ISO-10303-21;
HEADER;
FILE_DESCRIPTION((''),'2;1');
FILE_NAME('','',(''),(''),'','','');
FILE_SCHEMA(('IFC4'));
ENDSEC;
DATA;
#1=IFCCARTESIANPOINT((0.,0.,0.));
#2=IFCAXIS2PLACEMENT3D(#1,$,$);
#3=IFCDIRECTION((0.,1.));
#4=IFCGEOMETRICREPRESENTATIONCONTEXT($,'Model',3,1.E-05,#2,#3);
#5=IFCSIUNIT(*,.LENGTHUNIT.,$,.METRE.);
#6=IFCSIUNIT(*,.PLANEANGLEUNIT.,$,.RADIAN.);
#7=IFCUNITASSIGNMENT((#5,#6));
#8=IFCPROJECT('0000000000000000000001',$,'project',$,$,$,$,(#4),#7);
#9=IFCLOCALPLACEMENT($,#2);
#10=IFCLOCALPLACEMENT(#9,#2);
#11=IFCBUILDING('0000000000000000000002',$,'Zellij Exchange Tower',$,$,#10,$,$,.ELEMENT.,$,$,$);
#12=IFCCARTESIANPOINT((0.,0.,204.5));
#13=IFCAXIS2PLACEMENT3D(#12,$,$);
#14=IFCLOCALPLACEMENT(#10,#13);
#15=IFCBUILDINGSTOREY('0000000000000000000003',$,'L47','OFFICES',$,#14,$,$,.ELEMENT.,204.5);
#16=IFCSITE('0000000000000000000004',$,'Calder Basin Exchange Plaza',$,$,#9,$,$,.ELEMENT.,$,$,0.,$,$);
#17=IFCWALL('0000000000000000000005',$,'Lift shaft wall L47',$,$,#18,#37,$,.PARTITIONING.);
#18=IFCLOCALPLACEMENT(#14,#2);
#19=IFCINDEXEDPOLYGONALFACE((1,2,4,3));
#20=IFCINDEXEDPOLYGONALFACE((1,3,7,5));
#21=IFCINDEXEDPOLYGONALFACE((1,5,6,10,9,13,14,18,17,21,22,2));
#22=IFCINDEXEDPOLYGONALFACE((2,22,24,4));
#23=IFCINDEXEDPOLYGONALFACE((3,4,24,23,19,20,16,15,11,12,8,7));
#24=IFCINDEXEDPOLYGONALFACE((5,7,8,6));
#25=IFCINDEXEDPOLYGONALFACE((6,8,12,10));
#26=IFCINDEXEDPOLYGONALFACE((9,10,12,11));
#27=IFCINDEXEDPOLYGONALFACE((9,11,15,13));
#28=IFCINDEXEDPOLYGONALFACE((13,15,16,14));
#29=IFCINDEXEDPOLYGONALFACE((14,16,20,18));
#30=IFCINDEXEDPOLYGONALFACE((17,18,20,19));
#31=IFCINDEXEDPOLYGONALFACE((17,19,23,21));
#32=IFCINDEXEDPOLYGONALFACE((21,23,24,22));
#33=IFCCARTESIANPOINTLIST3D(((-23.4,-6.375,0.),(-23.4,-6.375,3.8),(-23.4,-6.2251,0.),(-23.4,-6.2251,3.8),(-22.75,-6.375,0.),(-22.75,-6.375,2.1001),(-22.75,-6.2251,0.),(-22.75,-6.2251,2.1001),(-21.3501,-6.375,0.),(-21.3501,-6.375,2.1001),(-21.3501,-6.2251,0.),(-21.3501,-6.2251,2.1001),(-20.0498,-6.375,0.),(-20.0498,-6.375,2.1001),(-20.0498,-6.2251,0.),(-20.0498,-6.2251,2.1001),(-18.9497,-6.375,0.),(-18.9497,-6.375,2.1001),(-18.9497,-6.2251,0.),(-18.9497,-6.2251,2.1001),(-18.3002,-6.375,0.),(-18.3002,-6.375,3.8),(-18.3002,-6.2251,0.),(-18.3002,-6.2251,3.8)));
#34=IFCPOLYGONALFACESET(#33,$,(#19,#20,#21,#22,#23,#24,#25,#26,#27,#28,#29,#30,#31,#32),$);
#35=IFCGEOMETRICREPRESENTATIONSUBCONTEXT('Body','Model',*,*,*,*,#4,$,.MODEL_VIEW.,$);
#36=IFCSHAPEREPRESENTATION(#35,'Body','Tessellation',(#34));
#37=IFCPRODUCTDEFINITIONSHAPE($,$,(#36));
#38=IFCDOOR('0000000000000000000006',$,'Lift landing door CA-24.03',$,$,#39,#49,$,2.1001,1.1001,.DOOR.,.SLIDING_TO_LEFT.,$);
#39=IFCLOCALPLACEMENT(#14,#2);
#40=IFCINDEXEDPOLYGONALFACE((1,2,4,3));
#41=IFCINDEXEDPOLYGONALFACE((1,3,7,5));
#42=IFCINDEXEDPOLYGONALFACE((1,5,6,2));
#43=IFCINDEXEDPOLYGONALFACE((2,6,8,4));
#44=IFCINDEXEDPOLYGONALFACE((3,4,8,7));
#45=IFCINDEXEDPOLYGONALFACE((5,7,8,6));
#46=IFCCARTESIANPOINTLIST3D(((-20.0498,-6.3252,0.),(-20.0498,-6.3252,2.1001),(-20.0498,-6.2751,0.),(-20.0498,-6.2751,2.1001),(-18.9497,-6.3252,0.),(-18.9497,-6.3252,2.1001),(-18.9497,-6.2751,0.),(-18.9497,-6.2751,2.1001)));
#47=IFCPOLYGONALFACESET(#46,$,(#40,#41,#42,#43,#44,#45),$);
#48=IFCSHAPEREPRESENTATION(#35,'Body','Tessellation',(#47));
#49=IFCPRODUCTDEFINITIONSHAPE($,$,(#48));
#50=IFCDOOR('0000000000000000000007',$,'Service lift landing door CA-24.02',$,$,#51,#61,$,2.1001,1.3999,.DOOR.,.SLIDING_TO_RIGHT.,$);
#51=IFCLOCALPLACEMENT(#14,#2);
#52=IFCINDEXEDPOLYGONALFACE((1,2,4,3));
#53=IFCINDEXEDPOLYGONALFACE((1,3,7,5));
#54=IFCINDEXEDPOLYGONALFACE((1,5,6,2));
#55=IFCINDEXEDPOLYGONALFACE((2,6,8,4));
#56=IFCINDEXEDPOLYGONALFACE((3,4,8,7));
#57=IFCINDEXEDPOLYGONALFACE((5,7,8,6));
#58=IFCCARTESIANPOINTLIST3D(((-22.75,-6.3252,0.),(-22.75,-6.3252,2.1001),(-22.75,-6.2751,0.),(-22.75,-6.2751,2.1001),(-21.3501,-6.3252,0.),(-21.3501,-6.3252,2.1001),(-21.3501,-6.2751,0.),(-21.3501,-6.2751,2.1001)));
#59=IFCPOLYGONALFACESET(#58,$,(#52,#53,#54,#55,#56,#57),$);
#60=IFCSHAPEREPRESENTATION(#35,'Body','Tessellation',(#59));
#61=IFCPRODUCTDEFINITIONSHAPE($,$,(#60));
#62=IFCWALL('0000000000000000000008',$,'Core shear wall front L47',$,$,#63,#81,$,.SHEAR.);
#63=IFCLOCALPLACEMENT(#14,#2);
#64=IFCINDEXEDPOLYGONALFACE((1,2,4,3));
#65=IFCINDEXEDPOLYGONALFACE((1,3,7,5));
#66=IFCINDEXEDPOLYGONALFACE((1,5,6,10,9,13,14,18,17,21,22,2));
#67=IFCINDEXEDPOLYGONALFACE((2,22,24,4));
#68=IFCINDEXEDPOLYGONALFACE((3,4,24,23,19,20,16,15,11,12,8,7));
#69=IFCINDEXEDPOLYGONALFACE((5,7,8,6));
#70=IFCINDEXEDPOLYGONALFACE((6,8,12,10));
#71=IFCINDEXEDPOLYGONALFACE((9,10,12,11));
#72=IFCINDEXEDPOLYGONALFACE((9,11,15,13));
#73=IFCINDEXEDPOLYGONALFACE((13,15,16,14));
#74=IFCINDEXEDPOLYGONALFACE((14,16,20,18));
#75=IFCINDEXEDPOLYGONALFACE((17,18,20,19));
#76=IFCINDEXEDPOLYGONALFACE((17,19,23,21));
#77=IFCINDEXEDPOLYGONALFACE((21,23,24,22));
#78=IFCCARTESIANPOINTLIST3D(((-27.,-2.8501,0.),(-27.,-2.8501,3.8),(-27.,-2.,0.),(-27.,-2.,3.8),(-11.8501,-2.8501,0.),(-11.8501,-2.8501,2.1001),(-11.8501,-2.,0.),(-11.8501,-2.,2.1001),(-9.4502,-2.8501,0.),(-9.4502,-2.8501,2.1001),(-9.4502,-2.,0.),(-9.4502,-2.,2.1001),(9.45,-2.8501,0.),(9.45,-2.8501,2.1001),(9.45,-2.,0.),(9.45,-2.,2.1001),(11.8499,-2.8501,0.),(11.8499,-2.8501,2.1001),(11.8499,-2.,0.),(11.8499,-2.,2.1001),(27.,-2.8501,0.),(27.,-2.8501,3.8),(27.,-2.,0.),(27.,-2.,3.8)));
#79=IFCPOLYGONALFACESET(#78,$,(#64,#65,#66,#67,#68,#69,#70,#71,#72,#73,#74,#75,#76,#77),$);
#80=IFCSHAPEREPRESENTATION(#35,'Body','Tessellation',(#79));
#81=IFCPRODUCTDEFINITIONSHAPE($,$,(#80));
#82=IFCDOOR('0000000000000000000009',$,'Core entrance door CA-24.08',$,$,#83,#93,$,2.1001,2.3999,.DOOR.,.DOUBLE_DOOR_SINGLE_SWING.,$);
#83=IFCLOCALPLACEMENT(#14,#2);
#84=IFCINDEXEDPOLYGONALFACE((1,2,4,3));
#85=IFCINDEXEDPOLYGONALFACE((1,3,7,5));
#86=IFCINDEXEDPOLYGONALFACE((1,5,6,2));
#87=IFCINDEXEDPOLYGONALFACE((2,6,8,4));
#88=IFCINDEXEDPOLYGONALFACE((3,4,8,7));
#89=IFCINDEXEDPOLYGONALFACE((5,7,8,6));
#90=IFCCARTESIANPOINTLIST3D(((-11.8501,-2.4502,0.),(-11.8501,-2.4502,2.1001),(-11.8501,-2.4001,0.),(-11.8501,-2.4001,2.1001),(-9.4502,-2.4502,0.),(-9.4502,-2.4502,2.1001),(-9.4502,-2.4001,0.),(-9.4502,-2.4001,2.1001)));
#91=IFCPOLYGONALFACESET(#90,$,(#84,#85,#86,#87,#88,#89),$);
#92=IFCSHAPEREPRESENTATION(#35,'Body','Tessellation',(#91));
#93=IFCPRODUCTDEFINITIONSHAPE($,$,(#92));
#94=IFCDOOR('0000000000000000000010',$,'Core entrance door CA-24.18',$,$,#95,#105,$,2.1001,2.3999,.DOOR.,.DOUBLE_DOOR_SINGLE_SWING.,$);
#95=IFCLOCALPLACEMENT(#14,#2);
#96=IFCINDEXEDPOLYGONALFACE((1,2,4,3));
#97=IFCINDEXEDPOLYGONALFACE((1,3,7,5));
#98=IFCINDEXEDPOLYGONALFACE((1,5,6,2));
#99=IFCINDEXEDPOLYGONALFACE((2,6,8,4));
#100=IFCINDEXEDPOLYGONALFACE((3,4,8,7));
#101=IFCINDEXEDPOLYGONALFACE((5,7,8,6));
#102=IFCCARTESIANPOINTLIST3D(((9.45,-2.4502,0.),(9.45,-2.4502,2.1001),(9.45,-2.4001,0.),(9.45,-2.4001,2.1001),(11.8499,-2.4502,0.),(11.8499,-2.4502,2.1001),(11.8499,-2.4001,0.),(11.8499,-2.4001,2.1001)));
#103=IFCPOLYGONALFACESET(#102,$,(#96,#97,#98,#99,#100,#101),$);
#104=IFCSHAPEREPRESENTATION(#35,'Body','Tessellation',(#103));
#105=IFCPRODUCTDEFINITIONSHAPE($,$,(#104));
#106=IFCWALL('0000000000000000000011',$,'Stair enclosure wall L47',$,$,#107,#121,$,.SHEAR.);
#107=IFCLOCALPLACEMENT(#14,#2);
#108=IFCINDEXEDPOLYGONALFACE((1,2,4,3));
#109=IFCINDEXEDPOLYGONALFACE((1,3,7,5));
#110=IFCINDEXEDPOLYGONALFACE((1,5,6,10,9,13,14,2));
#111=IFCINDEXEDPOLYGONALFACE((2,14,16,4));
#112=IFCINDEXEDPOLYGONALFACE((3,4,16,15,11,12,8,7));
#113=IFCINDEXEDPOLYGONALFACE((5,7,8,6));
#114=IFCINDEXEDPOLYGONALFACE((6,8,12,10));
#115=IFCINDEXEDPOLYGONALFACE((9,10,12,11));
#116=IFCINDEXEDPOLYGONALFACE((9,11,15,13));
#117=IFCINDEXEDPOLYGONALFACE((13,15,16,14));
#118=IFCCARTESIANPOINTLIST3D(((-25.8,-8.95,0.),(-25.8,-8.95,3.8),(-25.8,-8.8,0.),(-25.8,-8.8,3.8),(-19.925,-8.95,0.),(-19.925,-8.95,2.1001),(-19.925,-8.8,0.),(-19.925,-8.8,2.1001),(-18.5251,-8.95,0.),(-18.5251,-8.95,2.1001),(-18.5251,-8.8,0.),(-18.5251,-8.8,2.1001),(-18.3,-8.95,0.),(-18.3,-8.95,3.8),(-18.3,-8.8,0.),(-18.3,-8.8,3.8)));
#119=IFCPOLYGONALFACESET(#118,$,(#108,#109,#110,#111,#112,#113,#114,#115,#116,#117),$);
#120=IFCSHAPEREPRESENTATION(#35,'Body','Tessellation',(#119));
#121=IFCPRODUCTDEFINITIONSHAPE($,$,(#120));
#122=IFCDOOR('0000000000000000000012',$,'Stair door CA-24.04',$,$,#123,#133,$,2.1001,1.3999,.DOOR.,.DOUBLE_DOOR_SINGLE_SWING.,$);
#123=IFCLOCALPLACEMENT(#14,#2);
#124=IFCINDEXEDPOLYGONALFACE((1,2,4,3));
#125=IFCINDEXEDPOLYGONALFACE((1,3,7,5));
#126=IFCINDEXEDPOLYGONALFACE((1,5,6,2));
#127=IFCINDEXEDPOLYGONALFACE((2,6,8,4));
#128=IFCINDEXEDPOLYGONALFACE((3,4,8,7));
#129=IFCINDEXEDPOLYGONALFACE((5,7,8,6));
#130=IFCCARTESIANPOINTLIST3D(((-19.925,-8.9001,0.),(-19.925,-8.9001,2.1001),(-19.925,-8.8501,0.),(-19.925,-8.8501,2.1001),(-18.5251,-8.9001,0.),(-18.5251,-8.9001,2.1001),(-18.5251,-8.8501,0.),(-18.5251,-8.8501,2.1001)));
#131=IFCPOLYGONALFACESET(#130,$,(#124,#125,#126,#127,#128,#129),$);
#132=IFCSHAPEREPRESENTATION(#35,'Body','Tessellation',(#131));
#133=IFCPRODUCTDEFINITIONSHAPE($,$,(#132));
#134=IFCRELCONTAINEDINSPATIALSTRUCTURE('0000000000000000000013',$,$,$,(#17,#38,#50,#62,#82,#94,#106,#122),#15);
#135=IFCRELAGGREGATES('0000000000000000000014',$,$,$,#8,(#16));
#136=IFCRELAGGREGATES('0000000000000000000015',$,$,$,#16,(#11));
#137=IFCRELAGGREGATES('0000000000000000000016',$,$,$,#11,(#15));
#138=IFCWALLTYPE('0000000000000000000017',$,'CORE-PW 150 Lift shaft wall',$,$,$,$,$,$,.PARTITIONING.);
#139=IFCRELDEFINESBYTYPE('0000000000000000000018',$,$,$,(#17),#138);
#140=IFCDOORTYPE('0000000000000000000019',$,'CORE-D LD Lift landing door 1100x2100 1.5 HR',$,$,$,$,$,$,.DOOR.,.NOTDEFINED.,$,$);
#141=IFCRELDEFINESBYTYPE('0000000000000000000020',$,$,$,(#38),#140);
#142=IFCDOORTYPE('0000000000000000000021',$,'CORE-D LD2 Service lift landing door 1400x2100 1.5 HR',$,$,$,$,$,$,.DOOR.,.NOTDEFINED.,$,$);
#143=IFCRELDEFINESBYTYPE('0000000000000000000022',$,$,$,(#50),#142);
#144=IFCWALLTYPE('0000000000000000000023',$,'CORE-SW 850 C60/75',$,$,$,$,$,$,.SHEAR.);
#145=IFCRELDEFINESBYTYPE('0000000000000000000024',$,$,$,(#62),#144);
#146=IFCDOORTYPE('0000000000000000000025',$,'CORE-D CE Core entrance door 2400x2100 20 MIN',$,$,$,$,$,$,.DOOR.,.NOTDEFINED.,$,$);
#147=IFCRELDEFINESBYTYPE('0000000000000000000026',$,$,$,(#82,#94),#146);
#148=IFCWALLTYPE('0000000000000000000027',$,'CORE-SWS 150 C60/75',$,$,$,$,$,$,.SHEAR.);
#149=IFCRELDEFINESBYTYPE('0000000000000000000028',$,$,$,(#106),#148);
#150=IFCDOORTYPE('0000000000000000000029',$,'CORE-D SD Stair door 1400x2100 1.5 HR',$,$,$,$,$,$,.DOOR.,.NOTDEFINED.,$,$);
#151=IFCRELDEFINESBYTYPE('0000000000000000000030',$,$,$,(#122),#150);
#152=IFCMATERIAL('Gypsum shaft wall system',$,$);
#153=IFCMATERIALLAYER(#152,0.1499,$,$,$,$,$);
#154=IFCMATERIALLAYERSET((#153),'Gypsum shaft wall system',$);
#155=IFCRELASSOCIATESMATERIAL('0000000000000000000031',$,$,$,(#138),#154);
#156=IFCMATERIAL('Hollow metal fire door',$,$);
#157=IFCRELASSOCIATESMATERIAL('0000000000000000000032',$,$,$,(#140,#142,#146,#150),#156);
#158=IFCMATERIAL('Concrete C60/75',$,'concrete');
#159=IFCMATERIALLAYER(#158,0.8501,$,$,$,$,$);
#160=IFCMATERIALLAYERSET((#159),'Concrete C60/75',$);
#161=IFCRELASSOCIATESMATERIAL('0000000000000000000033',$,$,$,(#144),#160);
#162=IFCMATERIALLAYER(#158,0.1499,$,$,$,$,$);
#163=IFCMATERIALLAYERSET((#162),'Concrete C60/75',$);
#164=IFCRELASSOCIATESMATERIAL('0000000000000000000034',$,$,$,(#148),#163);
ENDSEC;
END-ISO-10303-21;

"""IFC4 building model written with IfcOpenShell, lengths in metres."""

from ifc_helpers import new_model, si_unit, direction, frame, frame_2d, origin, place, context, subcontext, project, spatial, rectangle, extrude, material, layer, layer_set, type_object, element, fill, save


model = new_model("IFC4")

# Units and contexts
model_context = context("Model", 3, precision=1e-05, world=origin(), true_north=direction((0.0, 1.0)))
body_context = subcontext(model_context, "Body", "Model", "MODEL_VIEW")
ifc_project = project(units=[si_unit("LENGTHUNIT", "METRE"), si_unit("PLANEANGLEUNIT", "RADIAN")], contexts=[model_context])

# Site, building, storey
site_placement = place(None, origin())
site = spatial("IfcSite", under=ifc_project, at=site_placement, Name="Calder Basin Exchange Plaza", CompositionType="ELEMENT", RefElevation=0.0)
building_placement = place(site_placement, origin())
building = spatial("IfcBuilding", under=site, at=building_placement, Name="Zellij Exchange Tower", CompositionType="ELEMENT")
storey_placement = place(building_placement, frame((0.0, 0.0, 204.5)))
storey = spatial("IfcBuildingStorey", under=building, at=storey_placement, Name="L47", Description="OFFICES", CompositionType="ELEMENT", Elevation=204.5)

# Shared definitions
ifc_material_1 = material(Name="Hollow metal fire door")

# Shared definitions
ifc_material_2 = material(Name="Gypsum shaft wall system")
ifc_layer_1 = layer(ifc_material_2, 0.1499)
ifc_layer_set_1 = layer_set([ifc_layer_1], Name="Gypsum shaft wall system")
wall_type_1 = type_object("IfcWallType", Name="CORE-PW 150 Lift shaft wall", PredefinedType="PARTITIONING", material=ifc_layer_set_1)

# Walls, openings, doors
wall_1_placement = place(storey_placement, frame((-23.3999, -6.3, 0.0), z_axis=(0.0, 0.0, 1.0), x_axis=(1.0, 0.0, 0.0)))
wall_1 = element("IfcWall", 1, at=wall_1_placement, inside=storey, type_object=wall_type_1, Name="Lift shaft wall L47", PredefinedType="PARTITIONING", context=body_context, shape_type="SweptSolid", body=[
    extrude(rectangle(XDim=5.0999, YDim=0.1499, at=frame_2d((2.5498, 0.0))), origin(), (0.0, 0.0, 1.0), 3.8),
])
opening_1_placement = place(wall_1_placement, frame((0.6499, 0.0, 0.0)))
opening_1 = element("IfcOpeningElement", 2, at=opening_1_placement, cuts=wall_1, PredefinedType="OPENING", context=body_context, shape_type="SweptSolid", body=[
    extrude(rectangle(XDim=1.3999, YDim=2.1001, at=frame_2d((0.7, 1.05))), frame((0.0, 0.0869, 0.0), z_axis=(0.0, -1.0, 0.0), x_axis=(1.0, 0.0, 0.0)), (0.0, 0.0, 1.0), 0.1738),
])
opening_2_placement = place(wall_1_placement, frame((3.3501, 0.0, 0.0)))
opening_2 = element("IfcOpeningElement", 3, at=opening_2_placement, cuts=wall_1, PredefinedType="OPENING", context=body_context, shape_type="SweptSolid", body=[
    extrude(rectangle(XDim=1.1001, YDim=2.1001, at=frame_2d((0.55, 1.05))), frame((0.0, 0.0869, 0.0), z_axis=(0.0, -1.0, 0.0), x_axis=(1.0, 0.0, 0.0)), (0.0, 0.0, 1.0), 0.1738),
])
door_type_1 = type_object("IfcDoorType", Name="CORE-D LD Lift landing door 1100x2100 1.5 HR", OperationType="NOTDEFINED", PredefinedType="DOOR", material=ifc_material_1)
door_1_placement = place(opening_2_placement, origin())
door_1 = element("IfcDoor", 4, at=door_1_placement, inside=storey, type_object=door_type_1, Name="Lift landing door CA-24.03", OperationType="SLIDING_TO_LEFT", OverallHeight=2.1001, OverallWidth=1.1001, PredefinedType="DOOR", context=body_context, shape_type="SweptSolid", body=[
    extrude(rectangle(XDim=1.1001, YDim=2.1001, at=frame_2d((0.55, 1.05))), frame((0.0, 0.0249, 0.0), z_axis=(0.0, -1.0, 0.0), x_axis=(1.0, 0.0, 0.0)), (0.0, 0.0, 1.0), 0.05),
])
fill(opening_2, door_1)
door_type_2 = type_object("IfcDoorType", Name="CORE-D LD2 Service lift landing door 1400x2100 1.5 HR", OperationType="NOTDEFINED", PredefinedType="DOOR", material=ifc_material_1)
door_2_placement = place(opening_1_placement, origin())
door_2 = element("IfcDoor", 5, at=door_2_placement, inside=storey, type_object=door_type_2, Name="Service lift landing door CA-24.02", OperationType="SLIDING_TO_RIGHT", OverallHeight=2.1001, OverallWidth=1.3999, PredefinedType="DOOR", context=body_context, shape_type="SweptSolid", body=[
    extrude(rectangle(XDim=1.3999, YDim=2.1001, at=frame_2d((0.7, 1.05))), frame((0.0, 0.0249, 0.0), z_axis=(0.0, -1.0, 0.0), x_axis=(1.0, 0.0, 0.0)), (0.0, 0.0, 1.0), 0.05),
])
fill(opening_1, door_2)
ifc_material_3 = material(Name="Concrete C60/75", Category="concrete")
ifc_layer_2 = layer(ifc_material_3, 0.8501)
ifc_layer_set_2 = layer_set([ifc_layer_2], Name="Concrete C60/75")
wall_type_2 = type_object("IfcWallType", Name="CORE-SW 850 C60/75", PredefinedType="SHEAR", material=ifc_layer_set_2)
wall_2_placement = place(storey_placement, frame((-27.0, -2.425, 0.0), z_axis=(0.0, 0.0, 1.0), x_axis=(1.0, 0.0, 0.0)))
wall_2 = element("IfcWall", 6, at=wall_2_placement, inside=storey, type_object=wall_type_2, Name="Core shear wall front L47", PredefinedType="SHEAR", context=body_context, shape_type="SweptSolid", body=[
    extrude(rectangle(XDim=54.0, YDim=0.8501, at=frame_2d((27.0, 0.0))), origin(), (0.0, 0.0, 1.0), 3.8),
])
opening_3_placement = place(wall_2_placement, frame((15.1499, 0.0, 0.0)))
opening_3 = element("IfcOpeningElement", 7, at=opening_3_placement, cuts=wall_2, PredefinedType="OPENING", context=body_context, shape_type="SweptSolid", body=[
    extrude(rectangle(XDim=2.3999, YDim=2.1001, at=frame_2d((1.2, 1.05))), frame((0.0, 0.437, 0.0), z_axis=(0.0, -1.0, 0.0), x_axis=(1.0, 0.0, 0.0)), (0.0, 0.0, 1.0), 0.874),
])
opening_4_placement = place(wall_2_placement, frame((36.45, 0.0, 0.0)))
opening_4 = element("IfcOpeningElement", 8, at=opening_4_placement, cuts=wall_2, PredefinedType="OPENING", context=body_context, shape_type="SweptSolid", body=[
    extrude(rectangle(XDim=2.3999, YDim=2.1001, at=frame_2d((1.2, 1.05))), frame((0.0, 0.437, 0.0), z_axis=(0.0, -1.0, 0.0), x_axis=(1.0, 0.0, 0.0)), (0.0, 0.0, 1.0), 0.874),
])
door_type_3 = type_object("IfcDoorType", Name="CORE-D CE Core entrance door 2400x2100 20 MIN", OperationType="NOTDEFINED", PredefinedType="DOOR", material=ifc_material_1)
door_3_placement = place(opening_3_placement, origin())
door_3 = element("IfcDoor", 9, at=door_3_placement, inside=storey, type_object=door_type_3, Name="Core entrance door CA-24.08", OperationType="DOUBLE_DOOR_SINGLE_SWING", OverallHeight=2.1001, OverallWidth=2.3999, PredefinedType="DOOR", context=body_context, shape_type="SweptSolid", body=[
    extrude(rectangle(XDim=2.3999, YDim=2.1001, at=frame_2d((1.2, 1.05))), frame((0.0, 0.0249, 0.0), z_axis=(0.0, -1.0, 0.0), x_axis=(1.0, 0.0, 0.0)), (0.0, 0.0, 1.0), 0.05),
])
fill(opening_3, door_3)
door_4_placement = place(opening_4_placement, origin())
door_4 = element("IfcDoor", 10, at=door_4_placement, inside=storey, type_object=door_type_3, Name="Core entrance door CA-24.18", OperationType="DOUBLE_DOOR_SINGLE_SWING", OverallHeight=2.1001, OverallWidth=2.3999, PredefinedType="DOOR", context=body_context, shape_type="SweptSolid", body=[
    extrude(rectangle(XDim=2.3999, YDim=2.1001, at=frame_2d((1.2, 1.05))), frame((0.0, 0.0249, 0.0), z_axis=(0.0, -1.0, 0.0), x_axis=(1.0, 0.0, 0.0)), (0.0, 0.0, 1.0), 0.05),
])
fill(opening_4, door_4)

# Wall, opening, door
ifc_layer_3 = layer(ifc_material_3, 0.1499)
ifc_layer_set_3 = layer_set([ifc_layer_3], Name="Concrete C60/75")
wall_type_3 = type_object("IfcWallType", Name="CORE-SWS 150 C60/75", PredefinedType="SHEAR", material=ifc_layer_set_3)
wall_3_placement = place(storey_placement, frame((-25.8, -8.875, 0.0), z_axis=(0.0, 0.0, 1.0), x_axis=(1.0, 0.0, 0.0)))
wall_3 = element("IfcWall", 11, at=wall_3_placement, inside=storey, type_object=wall_type_3, Name="Stair enclosure wall L47", PredefinedType="SHEAR", context=body_context, shape_type="SweptSolid", body=[
    extrude(rectangle(XDim=7.5, YDim=0.1499, at=frame_2d((3.75, 0.0))), origin(), (0.0, 0.0, 1.0), 3.8),
])
opening_5_placement = place(wall_3_placement, frame((5.875, 0.0, 0.0)))
opening_5 = element("IfcOpeningElement", 12, at=opening_5_placement, cuts=wall_3, PredefinedType="OPENING", context=body_context, shape_type="SweptSolid", body=[
    extrude(rectangle(XDim=1.3999, YDim=2.1001, at=frame_2d((0.7, 1.05))), frame((0.0, 0.0869, 0.0), z_axis=(0.0, -1.0, 0.0), x_axis=(1.0, 0.0, 0.0)), (0.0, 0.0, 1.0), 0.1738),
])
door_type_4 = type_object("IfcDoorType", Name="CORE-D SD Stair door 1400x2100 1.5 HR", OperationType="NOTDEFINED", PredefinedType="DOOR", material=ifc_material_1)
door_5_placement = place(opening_5_placement, origin())
door_5 = element("IfcDoor", 13, at=door_5_placement, inside=storey, type_object=door_type_4, Name="Stair door CA-24.04", OperationType="DOUBLE_DOOR_SINGLE_SWING", OverallHeight=2.1001, OverallWidth=1.3999, PredefinedType="DOOR", context=body_context, shape_type="SweptSolid", body=[
    extrude(rectangle(XDim=1.3999, YDim=2.1001, at=frame_2d((0.7, 1.05))), frame((0.0, 0.0249, 0.0), z_axis=(0.0, -1.0, 0.0), x_axis=(1.0, 0.0, 0.0)), (0.0, 0.0, 1.0), 0.05),
])
fill(opening_5, door_5)

save(model, "model.ifc")
